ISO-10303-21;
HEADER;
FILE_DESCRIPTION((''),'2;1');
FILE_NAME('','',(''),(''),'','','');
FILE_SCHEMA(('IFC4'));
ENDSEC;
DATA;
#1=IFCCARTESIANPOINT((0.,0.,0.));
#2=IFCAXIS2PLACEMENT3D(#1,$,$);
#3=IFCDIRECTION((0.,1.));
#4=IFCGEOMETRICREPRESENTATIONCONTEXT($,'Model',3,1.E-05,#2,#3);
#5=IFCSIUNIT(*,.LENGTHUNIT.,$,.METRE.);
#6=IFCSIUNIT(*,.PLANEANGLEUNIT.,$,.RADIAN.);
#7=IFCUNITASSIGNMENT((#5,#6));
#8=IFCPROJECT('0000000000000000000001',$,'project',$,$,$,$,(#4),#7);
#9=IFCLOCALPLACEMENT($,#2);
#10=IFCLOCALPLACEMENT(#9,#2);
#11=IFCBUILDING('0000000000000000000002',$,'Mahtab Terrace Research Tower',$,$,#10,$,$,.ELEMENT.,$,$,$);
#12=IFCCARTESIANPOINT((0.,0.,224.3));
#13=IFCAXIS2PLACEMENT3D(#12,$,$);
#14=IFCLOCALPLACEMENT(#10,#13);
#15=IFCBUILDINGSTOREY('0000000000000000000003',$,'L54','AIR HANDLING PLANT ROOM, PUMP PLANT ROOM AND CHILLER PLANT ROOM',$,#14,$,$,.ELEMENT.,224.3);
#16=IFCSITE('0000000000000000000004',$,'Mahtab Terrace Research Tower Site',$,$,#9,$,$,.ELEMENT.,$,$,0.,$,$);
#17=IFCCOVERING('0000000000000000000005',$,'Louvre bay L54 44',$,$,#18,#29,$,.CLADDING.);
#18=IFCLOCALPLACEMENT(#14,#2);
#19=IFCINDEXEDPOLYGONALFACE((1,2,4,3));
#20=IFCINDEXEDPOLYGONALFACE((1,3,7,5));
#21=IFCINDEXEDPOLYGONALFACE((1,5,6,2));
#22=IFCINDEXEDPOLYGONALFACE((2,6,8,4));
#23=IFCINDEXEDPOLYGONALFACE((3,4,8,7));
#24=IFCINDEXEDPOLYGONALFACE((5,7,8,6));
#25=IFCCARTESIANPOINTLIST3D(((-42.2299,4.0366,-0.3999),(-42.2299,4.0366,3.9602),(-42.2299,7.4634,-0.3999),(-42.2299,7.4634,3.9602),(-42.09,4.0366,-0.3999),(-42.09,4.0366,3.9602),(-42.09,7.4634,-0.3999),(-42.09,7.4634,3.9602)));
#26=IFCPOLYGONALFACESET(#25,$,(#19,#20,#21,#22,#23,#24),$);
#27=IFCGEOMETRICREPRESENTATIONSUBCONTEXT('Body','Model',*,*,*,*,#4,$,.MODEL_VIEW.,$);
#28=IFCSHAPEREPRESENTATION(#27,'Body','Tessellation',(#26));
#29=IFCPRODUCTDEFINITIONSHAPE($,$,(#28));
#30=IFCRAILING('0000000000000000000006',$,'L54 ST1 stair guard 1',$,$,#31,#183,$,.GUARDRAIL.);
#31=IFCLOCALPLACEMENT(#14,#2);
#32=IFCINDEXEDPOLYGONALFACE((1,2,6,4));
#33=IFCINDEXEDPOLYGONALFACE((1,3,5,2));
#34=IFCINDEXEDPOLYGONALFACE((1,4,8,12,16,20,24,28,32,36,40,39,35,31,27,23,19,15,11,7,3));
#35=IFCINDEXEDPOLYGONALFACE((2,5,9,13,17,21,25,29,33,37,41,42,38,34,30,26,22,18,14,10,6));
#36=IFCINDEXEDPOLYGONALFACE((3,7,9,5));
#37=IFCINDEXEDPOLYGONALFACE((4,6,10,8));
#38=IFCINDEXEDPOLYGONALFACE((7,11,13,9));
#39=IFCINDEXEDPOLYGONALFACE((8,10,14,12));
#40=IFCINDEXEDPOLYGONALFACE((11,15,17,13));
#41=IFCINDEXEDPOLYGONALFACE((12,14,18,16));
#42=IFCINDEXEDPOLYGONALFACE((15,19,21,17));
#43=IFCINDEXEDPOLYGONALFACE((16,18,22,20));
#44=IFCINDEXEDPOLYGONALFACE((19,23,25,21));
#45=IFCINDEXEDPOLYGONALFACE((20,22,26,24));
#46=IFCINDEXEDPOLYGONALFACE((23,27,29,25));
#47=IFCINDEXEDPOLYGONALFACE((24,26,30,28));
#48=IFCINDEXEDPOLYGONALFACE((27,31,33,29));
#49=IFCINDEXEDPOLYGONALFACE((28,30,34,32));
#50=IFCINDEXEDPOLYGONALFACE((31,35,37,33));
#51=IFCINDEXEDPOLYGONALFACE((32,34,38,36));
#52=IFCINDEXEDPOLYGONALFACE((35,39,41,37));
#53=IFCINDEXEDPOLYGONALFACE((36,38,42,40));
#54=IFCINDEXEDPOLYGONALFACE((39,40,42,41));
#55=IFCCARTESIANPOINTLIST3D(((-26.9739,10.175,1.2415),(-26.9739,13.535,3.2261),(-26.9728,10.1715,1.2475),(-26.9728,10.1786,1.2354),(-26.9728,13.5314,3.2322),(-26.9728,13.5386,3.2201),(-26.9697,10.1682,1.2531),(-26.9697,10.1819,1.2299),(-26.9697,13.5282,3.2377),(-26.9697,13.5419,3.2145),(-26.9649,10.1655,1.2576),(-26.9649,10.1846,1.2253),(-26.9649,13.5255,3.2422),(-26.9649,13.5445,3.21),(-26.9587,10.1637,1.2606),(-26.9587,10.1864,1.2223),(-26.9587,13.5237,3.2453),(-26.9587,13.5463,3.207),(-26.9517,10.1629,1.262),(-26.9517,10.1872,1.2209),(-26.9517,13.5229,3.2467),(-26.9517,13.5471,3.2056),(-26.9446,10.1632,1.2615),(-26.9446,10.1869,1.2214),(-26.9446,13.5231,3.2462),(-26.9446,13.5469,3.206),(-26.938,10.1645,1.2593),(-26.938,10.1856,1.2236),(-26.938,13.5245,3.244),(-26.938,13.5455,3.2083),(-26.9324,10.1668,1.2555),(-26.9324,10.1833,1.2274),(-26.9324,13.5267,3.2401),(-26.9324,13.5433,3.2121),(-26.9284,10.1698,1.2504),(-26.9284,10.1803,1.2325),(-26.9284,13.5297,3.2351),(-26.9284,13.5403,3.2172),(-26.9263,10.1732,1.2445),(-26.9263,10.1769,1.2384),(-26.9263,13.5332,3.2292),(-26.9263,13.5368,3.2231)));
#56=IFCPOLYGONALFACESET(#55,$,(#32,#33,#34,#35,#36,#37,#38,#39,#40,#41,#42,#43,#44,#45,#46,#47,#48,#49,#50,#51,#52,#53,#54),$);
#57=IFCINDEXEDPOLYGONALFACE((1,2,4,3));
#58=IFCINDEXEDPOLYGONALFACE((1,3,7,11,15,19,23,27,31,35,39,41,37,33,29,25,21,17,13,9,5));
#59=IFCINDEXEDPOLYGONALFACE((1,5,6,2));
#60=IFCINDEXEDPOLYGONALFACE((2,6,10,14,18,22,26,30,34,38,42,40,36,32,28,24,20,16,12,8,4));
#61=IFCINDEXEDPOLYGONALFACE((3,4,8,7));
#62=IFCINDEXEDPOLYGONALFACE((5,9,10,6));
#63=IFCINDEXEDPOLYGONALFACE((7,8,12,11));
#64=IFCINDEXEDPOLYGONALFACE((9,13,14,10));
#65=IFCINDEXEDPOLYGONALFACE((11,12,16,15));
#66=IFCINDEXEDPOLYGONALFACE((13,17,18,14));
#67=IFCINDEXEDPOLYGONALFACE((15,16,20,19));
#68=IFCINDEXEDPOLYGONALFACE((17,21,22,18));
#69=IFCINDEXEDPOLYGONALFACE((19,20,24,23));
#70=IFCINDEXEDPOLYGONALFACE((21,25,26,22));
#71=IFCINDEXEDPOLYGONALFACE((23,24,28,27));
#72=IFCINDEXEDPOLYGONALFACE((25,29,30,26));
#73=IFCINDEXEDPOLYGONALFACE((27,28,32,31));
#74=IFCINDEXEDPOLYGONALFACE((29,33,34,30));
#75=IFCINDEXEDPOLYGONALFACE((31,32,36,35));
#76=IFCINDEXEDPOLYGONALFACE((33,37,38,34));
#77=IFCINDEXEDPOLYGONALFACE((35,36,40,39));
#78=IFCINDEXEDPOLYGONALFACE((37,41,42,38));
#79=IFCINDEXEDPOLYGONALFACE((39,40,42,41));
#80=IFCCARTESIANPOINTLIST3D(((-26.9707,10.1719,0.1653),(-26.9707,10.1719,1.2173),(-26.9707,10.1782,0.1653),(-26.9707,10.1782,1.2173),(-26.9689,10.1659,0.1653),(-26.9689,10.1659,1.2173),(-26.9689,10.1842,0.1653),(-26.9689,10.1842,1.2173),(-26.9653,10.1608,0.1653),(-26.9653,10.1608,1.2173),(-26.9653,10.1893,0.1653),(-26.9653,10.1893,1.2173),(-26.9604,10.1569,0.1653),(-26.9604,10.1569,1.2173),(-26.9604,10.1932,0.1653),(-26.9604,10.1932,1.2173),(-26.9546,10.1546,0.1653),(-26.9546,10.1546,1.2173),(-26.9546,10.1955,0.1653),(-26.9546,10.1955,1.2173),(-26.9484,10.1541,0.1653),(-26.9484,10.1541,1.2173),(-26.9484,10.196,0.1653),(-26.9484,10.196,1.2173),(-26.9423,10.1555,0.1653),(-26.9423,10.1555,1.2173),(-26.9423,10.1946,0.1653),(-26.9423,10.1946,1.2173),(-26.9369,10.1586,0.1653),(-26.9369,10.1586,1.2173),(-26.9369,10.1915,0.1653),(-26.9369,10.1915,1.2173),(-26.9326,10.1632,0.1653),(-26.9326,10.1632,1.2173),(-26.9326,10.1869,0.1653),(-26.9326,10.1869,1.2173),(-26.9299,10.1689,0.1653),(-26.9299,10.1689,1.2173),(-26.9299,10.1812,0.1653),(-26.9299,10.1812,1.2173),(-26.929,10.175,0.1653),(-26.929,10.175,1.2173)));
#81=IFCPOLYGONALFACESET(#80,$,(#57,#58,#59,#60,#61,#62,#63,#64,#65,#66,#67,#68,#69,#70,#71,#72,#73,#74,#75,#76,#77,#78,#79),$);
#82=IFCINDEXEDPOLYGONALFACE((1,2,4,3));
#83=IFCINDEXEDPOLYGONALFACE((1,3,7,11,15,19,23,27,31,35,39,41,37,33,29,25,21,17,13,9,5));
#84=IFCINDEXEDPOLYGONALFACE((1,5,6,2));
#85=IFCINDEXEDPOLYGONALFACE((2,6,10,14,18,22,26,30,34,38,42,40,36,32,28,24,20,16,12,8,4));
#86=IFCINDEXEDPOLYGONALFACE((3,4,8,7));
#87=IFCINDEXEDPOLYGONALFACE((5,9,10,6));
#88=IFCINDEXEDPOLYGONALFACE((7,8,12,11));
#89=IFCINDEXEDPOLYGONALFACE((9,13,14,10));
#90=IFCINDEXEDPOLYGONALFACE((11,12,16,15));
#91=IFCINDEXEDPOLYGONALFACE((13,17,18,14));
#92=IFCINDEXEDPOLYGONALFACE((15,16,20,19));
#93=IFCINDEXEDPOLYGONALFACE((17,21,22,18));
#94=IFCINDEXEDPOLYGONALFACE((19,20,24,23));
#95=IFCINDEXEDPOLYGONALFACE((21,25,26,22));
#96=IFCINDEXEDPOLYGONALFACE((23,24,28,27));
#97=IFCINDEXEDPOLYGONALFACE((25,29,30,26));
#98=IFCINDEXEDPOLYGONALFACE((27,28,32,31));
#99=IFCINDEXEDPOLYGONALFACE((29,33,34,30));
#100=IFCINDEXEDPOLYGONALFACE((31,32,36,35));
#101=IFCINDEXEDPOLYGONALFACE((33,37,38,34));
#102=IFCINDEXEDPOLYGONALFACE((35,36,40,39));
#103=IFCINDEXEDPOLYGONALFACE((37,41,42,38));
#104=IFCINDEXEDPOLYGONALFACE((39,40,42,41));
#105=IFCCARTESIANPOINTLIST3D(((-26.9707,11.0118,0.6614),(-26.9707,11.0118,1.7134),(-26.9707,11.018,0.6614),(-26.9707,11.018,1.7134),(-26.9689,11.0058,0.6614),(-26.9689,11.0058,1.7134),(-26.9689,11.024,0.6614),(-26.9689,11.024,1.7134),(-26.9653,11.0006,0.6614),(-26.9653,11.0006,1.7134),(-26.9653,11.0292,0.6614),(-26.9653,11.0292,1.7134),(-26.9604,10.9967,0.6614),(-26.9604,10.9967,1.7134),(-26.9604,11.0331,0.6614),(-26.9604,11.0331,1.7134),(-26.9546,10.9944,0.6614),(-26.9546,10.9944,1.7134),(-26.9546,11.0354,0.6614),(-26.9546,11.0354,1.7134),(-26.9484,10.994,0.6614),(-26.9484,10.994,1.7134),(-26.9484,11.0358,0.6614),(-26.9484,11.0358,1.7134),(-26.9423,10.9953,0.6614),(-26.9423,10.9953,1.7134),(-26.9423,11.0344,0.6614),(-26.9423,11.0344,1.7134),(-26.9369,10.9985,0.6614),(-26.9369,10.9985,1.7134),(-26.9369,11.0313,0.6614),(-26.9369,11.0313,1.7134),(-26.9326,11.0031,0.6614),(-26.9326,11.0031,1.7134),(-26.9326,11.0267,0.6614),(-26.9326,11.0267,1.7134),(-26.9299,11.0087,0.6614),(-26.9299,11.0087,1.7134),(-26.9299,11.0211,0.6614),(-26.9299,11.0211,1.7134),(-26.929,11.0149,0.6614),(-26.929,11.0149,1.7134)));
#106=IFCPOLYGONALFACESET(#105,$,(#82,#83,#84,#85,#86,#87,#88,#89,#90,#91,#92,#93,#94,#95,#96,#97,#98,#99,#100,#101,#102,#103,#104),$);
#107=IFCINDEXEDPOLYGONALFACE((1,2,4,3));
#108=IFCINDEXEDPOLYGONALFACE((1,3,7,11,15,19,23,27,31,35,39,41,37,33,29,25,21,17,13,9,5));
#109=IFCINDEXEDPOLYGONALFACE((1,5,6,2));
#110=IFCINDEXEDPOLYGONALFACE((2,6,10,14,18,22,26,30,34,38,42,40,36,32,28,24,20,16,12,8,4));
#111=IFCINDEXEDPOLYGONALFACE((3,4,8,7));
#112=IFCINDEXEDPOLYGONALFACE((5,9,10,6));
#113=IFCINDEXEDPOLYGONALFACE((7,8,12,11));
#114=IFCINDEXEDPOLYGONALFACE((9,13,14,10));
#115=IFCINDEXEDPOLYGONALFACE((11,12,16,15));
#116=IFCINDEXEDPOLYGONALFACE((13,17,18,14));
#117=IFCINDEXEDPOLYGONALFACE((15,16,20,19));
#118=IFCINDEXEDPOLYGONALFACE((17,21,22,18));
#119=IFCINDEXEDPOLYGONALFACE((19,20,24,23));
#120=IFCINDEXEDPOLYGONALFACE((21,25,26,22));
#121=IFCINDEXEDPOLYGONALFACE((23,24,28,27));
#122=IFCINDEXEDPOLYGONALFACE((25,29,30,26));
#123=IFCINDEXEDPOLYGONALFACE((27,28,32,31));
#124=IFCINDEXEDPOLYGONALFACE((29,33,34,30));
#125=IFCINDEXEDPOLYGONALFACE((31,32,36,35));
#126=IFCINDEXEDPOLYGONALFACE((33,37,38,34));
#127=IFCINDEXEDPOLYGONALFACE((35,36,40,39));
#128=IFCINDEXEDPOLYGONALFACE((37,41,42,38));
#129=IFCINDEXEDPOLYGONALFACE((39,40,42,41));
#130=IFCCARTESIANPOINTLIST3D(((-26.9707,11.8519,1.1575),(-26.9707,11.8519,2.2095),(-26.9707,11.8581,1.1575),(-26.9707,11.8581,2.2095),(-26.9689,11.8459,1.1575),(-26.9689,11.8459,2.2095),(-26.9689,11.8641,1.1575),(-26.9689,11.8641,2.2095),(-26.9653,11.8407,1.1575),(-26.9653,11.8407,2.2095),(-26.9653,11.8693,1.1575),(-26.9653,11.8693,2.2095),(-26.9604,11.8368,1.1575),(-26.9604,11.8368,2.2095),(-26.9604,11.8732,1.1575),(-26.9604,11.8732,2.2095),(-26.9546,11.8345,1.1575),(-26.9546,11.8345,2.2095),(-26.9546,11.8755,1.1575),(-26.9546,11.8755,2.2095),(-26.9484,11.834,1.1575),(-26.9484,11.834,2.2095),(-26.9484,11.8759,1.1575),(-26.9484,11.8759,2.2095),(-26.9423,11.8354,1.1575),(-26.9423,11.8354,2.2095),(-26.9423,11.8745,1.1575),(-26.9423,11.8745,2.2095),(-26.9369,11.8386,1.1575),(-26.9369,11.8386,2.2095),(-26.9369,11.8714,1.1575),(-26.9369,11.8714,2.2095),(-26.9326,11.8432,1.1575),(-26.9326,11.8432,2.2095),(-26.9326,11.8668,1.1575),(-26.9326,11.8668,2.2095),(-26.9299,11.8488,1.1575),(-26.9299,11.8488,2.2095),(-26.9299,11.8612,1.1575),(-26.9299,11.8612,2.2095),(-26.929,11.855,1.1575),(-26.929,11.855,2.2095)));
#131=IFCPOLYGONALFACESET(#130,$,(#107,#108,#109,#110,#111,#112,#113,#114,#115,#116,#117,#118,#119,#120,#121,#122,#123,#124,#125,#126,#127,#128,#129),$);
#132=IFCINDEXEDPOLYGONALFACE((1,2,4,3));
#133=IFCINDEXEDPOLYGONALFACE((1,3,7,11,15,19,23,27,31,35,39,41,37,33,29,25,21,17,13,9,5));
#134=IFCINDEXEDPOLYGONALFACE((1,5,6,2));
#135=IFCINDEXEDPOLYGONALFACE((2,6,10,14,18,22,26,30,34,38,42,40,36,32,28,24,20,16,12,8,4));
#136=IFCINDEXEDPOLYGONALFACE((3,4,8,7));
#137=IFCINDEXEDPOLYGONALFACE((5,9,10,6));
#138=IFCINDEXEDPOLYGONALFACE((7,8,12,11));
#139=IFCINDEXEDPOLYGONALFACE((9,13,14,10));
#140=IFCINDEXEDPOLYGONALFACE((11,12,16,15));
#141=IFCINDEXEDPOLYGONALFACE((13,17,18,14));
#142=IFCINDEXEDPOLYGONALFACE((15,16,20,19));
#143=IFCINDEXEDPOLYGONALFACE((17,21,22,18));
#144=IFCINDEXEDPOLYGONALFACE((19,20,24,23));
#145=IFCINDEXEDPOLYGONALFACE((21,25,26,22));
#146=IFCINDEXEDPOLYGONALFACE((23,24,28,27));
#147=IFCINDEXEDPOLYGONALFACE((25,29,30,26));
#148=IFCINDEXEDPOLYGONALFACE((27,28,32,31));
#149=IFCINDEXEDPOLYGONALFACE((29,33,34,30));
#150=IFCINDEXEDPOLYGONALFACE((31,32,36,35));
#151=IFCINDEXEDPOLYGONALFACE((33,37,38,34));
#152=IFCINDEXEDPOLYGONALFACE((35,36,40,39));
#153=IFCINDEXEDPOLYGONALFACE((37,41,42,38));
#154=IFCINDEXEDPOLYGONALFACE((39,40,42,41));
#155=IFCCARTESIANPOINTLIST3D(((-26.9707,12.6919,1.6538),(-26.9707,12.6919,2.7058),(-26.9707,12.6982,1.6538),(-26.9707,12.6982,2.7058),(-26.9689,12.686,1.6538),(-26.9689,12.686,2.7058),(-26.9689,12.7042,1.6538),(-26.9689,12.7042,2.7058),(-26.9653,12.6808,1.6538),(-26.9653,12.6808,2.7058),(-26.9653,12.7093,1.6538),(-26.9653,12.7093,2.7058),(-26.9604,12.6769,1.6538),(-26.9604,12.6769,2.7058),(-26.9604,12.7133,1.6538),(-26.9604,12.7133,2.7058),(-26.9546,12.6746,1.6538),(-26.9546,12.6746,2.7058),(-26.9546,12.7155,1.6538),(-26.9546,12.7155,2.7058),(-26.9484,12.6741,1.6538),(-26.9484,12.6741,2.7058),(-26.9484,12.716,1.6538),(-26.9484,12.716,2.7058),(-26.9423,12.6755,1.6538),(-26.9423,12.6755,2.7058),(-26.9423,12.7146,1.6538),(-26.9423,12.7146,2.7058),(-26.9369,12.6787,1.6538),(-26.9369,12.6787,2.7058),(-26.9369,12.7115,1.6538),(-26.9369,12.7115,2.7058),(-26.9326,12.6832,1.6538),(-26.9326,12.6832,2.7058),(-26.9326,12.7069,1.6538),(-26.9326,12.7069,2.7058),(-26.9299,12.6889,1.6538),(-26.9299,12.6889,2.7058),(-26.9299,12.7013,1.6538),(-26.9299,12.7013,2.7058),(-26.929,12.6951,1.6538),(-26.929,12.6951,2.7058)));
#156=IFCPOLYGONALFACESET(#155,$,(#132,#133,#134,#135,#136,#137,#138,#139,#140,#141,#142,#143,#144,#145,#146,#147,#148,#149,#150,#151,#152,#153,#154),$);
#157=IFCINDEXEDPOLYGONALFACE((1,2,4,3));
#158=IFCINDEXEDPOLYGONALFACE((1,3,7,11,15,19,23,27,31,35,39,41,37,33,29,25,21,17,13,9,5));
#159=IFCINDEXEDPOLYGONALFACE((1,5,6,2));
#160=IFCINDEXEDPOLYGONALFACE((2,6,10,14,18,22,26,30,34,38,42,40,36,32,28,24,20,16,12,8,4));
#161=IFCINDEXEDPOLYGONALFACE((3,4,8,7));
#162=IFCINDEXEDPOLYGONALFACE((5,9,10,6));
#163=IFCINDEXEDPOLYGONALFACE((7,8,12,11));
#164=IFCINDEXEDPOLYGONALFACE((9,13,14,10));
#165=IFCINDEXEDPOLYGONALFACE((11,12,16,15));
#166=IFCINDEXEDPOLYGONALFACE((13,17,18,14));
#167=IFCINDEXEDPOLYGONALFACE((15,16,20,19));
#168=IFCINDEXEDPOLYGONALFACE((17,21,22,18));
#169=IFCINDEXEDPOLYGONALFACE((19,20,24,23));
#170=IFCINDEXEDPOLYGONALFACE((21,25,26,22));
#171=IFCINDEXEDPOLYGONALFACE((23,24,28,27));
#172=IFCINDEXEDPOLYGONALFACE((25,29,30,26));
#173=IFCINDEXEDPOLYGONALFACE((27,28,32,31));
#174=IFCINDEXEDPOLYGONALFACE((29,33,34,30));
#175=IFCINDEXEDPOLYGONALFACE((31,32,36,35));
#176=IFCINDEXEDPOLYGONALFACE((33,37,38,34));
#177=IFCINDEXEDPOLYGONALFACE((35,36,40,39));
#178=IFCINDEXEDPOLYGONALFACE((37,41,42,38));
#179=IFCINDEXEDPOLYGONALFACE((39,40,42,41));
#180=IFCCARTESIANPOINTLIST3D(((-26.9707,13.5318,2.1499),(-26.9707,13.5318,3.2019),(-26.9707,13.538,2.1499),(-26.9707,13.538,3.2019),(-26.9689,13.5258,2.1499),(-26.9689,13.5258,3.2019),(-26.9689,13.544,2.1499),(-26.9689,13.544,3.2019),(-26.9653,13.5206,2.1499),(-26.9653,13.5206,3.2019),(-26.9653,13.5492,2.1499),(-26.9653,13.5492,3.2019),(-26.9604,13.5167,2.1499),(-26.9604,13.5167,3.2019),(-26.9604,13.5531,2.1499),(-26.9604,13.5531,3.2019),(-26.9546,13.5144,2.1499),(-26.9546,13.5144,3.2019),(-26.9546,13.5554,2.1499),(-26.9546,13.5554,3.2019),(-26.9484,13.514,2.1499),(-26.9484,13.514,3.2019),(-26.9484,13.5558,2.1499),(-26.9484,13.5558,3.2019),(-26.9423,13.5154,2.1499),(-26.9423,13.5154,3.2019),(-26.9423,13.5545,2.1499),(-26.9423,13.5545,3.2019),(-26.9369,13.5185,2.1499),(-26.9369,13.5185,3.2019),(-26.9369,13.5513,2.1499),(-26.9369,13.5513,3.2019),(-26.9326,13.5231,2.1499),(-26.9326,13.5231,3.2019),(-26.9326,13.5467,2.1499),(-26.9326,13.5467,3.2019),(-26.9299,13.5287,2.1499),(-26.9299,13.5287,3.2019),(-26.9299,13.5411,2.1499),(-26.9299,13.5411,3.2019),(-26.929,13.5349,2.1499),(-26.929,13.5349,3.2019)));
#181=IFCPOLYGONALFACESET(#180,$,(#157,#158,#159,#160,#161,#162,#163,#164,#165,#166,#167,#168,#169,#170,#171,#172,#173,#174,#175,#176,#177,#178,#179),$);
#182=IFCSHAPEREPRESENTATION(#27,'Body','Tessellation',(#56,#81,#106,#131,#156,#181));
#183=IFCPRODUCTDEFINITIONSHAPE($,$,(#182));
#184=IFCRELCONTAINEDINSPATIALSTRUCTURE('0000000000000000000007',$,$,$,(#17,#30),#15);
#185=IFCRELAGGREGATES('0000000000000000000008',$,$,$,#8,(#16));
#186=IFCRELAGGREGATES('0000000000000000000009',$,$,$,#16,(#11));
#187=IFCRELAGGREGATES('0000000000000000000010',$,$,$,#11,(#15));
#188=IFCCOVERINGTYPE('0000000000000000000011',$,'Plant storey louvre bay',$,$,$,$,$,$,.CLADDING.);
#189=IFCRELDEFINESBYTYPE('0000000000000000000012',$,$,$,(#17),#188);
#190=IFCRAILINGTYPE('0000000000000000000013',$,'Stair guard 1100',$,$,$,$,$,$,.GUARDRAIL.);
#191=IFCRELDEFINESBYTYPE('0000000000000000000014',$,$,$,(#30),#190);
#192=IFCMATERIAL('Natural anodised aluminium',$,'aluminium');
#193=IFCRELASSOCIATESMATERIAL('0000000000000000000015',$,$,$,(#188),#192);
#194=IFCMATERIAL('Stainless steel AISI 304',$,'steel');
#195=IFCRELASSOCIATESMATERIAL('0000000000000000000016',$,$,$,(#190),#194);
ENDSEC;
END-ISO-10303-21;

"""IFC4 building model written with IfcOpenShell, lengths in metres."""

from ifc_helpers import new_model, si_unit, direction, frame, origin, origin_2d, place, context, subcontext, project, spatial, rectangle, circle, extrude, material, type_object, element, save


model = new_model("IFC4")

# Units and contexts
model_context = context("Model", 3, precision=1e-05, world=origin(), true_north=direction((0.0, 1.0)))
body_context = subcontext(model_context, "Body", "Model", "MODEL_VIEW")
ifc_project = project(units=[si_unit("LENGTHUNIT", "METRE"), si_unit("PLANEANGLEUNIT", "RADIAN")], contexts=[model_context])

# Site, building, storey
site_placement = place(None, origin())
site = spatial("IfcSite", under=ifc_project, at=site_placement, Name="Mahtab Terrace Research Tower Site", CompositionType="ELEMENT", RefElevation=0.0)
building_placement = place(site_placement, origin())
building = spatial("IfcBuilding", under=site, at=building_placement, Name="Mahtab Terrace Research Tower", CompositionType="ELEMENT")
storey_placement = place(building_placement, frame((0.0, 0.0, 224.3)))
storey = spatial("IfcBuildingStorey", under=building, at=storey_placement, Name="L54", Description="AIR HANDLING PLANT ROOM, PUMP PLANT ROOM AND CHILLER PLANT ROOM", CompositionType="ELEMENT", Elevation=224.3)

# Covering
ifc_material_1 = material(Name="Natural anodised aluminium", Category="aluminium")
covering_type = type_object("IfcCoveringType", Name="Plant storey louvre bay", PredefinedType="CLADDING", material=ifc_material_1)
for number, where, z_axis, x_axis, name in (
    (1, (-42.1599, 5.75, -0.3999), (0.0, 0.0, 1.0), (0.0, -1.0, 0.0), "Louvre bay L54 44"),
):
    element("IfcCovering", number, at=place(storey_placement, frame(where, z_axis=z_axis, x_axis=x_axis)), inside=storey, type_object=covering_type, Name=name, PredefinedType="CLADDING", context=body_context, shape_type="SweptSolid", body=[
        extrude(rectangle(XDim=3.4268, YDim=0.1399, at=origin_2d()), origin(), (0.0, 0.0, 1.0), 4.3601),
    ])

# Railing
ifc_material_2 = material(Name="Stainless steel AISI 304", Category="steel")
railing_type_1 = type_object("IfcRailingType", Name="Stair guard 1100", PredefinedType="GUARDRAIL", material=ifc_material_2)
railing_1_placement = place(storey_placement, frame((-26.95, 10.175, 0.1653)))
element("IfcRailing", 2, at=railing_1_placement, inside=storey, type_object=railing_type_1, Name="L54 ST1 stair guard 1", PredefinedType="GUARDRAIL", context=body_context, shape_type="SweptSolid", body=[
    extrude(circle(Radius=0.0239, at=origin_2d()), frame((0.0, 0.0, 1.0762), z_axis=(0.0, 0.861011, 0.508586), x_axis=(-1.0, 0.0, 0.0)), (0.0, 0.0, 1.0), 3.9023),
    extrude(circle(Radius=0.021, at=origin_2d()), origin(), (0.0, 0.0, 1.0), 1.052),
    extrude(circle(Radius=0.021, at=origin_2d()), frame((0.0, 0.8398, 0.4961)), (0.0, 0.0, 1.0), 1.052),
    extrude(circle(Radius=0.021, at=origin_2d()), frame((0.0, 1.6799, 0.9922)), (0.0, 0.0, 1.0), 1.052),
    extrude(circle(Radius=0.021, at=origin_2d()), frame((0.0, 2.52, 1.4885)), (0.0, 0.0, 1.0), 1.052),
    extrude(circle(Radius=0.021, at=origin_2d()), frame((0.0, 3.3599, 1.9846)), (0.0, 0.0, 1.0), 1.052),
])

save(model, "model.ifc")
